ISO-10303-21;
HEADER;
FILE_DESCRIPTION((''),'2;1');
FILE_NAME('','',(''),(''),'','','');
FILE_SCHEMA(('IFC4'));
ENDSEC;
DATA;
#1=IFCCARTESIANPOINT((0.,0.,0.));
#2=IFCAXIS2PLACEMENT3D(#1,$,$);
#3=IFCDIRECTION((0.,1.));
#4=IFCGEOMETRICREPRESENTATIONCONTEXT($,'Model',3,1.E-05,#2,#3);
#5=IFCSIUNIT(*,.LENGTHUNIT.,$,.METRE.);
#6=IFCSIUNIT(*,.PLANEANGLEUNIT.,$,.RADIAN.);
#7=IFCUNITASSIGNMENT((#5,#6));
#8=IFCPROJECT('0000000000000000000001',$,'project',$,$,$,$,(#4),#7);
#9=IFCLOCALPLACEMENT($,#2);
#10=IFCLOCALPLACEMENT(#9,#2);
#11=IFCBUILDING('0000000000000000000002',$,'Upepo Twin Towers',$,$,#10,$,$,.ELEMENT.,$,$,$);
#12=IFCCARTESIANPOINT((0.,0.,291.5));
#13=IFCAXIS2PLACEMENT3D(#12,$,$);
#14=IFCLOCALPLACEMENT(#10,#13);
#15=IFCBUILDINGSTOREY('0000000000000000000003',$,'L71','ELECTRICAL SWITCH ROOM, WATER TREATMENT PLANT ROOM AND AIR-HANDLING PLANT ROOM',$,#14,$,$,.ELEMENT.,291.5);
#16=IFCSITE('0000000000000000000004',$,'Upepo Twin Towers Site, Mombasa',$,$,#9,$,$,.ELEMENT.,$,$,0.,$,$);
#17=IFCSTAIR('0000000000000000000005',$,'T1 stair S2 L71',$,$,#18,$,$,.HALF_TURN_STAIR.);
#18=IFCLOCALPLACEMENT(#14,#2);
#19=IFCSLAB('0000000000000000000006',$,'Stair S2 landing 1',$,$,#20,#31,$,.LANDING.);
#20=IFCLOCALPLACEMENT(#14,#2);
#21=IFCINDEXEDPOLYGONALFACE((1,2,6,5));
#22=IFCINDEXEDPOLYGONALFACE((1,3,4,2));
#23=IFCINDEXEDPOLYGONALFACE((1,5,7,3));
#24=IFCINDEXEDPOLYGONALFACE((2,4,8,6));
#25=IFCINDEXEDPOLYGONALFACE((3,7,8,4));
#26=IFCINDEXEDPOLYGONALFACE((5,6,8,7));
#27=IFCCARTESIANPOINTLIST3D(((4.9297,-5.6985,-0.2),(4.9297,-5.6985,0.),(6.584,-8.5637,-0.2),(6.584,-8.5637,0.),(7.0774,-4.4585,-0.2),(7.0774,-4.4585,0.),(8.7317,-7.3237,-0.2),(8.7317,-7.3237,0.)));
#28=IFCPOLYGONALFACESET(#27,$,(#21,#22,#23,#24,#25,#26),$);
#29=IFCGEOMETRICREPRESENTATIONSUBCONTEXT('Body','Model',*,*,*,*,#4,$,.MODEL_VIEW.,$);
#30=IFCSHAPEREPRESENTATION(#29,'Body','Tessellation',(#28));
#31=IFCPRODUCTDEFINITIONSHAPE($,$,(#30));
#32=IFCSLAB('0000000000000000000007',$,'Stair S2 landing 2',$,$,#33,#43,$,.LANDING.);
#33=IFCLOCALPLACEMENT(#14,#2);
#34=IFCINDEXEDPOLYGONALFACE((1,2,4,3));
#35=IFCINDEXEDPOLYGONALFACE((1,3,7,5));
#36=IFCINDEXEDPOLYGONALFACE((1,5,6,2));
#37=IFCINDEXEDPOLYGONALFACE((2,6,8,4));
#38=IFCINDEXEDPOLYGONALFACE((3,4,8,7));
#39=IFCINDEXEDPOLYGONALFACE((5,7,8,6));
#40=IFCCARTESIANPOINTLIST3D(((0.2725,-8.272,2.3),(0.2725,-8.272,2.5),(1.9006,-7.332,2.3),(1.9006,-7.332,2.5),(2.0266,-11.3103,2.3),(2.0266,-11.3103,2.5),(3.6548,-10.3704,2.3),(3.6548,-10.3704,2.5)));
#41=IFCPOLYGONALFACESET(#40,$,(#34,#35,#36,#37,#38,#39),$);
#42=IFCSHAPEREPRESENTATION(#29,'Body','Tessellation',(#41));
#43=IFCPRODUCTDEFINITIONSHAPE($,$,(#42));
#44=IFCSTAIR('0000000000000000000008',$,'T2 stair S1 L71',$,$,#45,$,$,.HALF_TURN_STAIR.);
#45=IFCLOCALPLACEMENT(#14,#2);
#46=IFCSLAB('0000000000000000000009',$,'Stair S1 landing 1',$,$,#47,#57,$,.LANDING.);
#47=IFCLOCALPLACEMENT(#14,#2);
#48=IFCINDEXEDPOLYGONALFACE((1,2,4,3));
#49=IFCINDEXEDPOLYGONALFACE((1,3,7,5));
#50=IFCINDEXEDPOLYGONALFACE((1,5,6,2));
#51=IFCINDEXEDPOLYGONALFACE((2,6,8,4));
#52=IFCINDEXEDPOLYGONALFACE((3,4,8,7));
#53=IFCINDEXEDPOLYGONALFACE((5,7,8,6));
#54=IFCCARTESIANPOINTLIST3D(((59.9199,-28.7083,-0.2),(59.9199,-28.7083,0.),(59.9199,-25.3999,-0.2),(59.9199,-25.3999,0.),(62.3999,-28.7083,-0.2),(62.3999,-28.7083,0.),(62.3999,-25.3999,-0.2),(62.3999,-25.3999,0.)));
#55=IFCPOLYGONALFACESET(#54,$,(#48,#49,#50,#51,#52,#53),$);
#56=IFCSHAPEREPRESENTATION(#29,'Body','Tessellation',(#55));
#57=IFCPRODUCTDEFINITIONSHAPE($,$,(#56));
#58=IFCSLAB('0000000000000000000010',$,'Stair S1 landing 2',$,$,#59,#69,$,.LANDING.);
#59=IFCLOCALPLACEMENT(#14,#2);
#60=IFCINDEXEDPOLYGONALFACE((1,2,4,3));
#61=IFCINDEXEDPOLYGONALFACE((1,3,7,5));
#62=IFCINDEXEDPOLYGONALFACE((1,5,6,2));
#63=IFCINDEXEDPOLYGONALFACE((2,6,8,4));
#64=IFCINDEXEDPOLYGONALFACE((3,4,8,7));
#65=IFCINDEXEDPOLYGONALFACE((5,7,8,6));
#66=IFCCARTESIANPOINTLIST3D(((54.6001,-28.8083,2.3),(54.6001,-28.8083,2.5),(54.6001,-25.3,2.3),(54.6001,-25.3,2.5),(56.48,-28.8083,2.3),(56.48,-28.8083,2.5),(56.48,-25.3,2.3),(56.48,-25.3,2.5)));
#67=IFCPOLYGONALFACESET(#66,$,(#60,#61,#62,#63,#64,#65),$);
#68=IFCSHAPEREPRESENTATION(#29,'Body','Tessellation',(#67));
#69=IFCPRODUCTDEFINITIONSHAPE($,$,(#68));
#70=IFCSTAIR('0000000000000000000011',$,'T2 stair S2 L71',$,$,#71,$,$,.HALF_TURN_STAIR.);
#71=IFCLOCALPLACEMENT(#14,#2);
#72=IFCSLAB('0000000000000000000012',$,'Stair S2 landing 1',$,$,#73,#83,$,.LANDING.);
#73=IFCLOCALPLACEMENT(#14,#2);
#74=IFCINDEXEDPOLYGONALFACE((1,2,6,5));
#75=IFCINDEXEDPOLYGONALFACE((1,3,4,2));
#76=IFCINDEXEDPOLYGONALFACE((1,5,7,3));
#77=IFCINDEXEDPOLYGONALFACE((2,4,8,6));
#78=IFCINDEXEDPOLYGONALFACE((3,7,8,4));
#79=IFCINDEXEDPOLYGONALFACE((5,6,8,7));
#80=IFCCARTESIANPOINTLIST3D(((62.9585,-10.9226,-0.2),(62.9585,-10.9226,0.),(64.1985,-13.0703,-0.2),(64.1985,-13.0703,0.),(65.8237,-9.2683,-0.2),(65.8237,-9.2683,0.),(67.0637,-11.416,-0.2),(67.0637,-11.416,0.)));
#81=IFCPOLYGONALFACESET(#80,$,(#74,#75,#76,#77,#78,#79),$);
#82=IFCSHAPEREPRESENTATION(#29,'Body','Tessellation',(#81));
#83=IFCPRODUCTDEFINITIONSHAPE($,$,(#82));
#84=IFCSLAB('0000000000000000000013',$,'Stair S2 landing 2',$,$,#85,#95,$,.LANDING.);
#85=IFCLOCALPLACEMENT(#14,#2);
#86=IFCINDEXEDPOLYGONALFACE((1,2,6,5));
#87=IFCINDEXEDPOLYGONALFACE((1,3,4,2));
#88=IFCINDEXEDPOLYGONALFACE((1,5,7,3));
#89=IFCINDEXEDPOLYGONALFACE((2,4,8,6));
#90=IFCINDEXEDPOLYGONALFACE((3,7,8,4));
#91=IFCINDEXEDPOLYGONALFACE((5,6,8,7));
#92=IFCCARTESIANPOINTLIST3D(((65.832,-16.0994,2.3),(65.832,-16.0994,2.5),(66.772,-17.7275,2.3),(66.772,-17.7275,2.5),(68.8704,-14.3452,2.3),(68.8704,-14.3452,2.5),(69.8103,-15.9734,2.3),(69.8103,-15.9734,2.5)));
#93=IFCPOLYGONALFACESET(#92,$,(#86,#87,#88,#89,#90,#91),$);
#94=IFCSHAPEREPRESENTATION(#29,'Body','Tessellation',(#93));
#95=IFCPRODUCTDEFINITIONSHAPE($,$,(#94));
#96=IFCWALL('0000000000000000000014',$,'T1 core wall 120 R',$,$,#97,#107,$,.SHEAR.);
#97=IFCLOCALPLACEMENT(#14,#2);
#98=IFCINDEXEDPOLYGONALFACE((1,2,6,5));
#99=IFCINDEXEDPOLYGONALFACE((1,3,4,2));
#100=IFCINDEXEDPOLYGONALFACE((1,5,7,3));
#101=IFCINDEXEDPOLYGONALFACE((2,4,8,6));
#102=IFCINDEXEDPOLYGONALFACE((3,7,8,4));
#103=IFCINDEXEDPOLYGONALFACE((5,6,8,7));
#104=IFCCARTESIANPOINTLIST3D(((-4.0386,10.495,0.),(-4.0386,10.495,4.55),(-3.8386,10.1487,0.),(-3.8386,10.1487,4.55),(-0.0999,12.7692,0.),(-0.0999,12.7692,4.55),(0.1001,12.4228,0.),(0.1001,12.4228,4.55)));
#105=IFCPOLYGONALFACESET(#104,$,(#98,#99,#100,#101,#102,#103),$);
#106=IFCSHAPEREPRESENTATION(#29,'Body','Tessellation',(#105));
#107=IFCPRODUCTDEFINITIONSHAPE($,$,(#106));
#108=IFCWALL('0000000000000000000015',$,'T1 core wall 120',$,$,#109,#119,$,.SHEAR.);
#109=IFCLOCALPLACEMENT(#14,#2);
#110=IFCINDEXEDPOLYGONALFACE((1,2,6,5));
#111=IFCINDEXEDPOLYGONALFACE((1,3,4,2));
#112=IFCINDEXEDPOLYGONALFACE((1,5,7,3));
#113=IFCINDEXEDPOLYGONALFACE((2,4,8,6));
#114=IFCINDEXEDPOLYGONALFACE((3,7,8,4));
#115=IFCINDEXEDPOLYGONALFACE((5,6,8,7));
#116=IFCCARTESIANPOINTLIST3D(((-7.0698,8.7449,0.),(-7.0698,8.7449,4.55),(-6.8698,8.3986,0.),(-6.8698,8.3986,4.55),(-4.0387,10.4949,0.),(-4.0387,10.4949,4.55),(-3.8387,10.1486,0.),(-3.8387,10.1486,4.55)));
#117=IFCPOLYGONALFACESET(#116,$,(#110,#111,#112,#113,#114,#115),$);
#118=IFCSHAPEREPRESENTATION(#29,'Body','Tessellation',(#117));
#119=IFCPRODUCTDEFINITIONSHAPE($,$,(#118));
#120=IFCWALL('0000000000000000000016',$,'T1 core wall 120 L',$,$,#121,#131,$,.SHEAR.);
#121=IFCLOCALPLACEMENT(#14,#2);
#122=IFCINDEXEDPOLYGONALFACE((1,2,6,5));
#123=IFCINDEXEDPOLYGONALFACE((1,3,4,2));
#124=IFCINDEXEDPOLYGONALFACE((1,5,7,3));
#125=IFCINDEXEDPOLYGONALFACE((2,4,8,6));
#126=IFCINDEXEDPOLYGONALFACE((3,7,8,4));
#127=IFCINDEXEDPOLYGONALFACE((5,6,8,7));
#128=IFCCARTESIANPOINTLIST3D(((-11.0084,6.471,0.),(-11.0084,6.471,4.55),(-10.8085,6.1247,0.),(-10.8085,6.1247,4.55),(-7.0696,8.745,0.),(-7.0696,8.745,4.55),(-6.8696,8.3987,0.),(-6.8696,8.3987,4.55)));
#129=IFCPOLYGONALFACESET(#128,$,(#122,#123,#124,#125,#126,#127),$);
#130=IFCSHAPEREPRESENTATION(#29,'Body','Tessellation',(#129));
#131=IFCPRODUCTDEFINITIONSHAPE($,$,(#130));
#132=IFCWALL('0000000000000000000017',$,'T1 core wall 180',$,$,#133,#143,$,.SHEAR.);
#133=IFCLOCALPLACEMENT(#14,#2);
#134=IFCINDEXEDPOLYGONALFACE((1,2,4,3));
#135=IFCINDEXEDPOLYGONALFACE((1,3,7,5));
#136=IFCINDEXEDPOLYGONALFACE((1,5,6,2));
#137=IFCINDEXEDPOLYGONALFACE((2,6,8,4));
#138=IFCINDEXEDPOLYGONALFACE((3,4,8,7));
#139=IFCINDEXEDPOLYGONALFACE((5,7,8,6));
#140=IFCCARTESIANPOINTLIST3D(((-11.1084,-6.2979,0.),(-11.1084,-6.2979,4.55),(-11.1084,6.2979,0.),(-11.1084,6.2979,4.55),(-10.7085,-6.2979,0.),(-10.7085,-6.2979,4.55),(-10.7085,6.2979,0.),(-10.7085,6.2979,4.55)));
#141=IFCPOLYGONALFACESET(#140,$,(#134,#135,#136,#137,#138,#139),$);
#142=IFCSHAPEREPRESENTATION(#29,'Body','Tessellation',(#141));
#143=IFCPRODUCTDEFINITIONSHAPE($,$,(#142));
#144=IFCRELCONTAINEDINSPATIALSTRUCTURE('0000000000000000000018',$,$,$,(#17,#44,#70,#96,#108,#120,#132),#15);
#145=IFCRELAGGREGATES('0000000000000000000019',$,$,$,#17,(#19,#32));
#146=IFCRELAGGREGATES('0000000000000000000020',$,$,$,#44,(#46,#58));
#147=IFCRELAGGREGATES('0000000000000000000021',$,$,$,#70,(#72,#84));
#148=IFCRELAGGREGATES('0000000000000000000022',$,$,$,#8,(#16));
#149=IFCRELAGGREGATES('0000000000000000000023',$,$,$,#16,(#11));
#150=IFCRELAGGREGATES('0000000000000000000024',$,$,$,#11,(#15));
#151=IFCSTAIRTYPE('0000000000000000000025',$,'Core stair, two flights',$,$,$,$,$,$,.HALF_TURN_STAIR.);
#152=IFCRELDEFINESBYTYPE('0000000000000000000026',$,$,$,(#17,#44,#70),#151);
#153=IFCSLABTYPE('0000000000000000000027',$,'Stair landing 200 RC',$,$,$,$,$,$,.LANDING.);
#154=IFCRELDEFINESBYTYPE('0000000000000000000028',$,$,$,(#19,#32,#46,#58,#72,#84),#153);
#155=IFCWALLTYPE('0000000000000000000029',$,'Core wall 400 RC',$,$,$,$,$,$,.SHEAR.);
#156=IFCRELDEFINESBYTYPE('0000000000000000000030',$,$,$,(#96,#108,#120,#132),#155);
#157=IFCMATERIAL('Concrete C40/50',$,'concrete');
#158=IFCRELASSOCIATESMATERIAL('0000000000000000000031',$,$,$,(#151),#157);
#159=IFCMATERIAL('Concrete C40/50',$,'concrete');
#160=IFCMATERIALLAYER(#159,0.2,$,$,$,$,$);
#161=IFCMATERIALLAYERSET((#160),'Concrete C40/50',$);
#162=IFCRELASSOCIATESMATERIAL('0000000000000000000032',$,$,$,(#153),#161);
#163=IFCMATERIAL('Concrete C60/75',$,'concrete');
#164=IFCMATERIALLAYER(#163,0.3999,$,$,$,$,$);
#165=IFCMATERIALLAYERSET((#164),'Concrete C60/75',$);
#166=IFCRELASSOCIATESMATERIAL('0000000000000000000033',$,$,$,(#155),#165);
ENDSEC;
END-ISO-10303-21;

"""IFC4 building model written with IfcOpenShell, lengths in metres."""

from ifc_helpers import new_model, si_unit, direction, frame, frame_2d, origin, place, context, subcontext, project, spatial, polyline, rectangle, outline, extrude, material, layer, layer_set, type_object, element, aggregate, save


model = new_model("IFC4")

# Units and contexts
model_context = context("Model", 3, precision=1e-05, world=origin(), true_north=direction((0.0, 1.0)))
body_context = subcontext(model_context, "Body", "Model", "MODEL_VIEW")
ifc_project = project(units=[si_unit("LENGTHUNIT", "METRE"), si_unit("PLANEANGLEUNIT", "RADIAN")], contexts=[model_context])

# Site, building, storey
site_placement = place(None, origin())
site = spatial("IfcSite", under=ifc_project, at=site_placement, Name="Upepo Twin Towers Site, Mombasa", CompositionType="ELEMENT", RefElevation=0.0)
building_placement = place(site_placement, origin())
building = spatial("IfcBuilding", under=site, at=building_placement, Name="Upepo Twin Towers", CompositionType="ELEMENT")
storey_placement = place(building_placement, frame((0.0, 0.0, 291.5)))
storey = spatial("IfcBuildingStorey", under=building, at=storey_placement, Name="L71", Description="ELECTRICAL SWITCH ROOM, WATER TREATMENT PLANT ROOM AND AIR-HANDLING PLANT ROOM", CompositionType="ELEMENT", Elevation=291.5)

# Stairs, slabs
ifc_material_1 = material(Name="Concrete C40/50", Category="concrete")
stair_type = type_object("IfcStairType", Name="Core stair, two flights", PredefinedType="HALF_TURN_STAIR", material=ifc_material_1)
stair_1_placement = place(storey_placement, origin())
stair_1 = element("IfcStair", 1, at=stair_1_placement, inside=storey, type_object=stair_type, Name="T1 stair S2 L71", PredefinedType="HALF_TURN_STAIR")
ifc_material_2 = material(Name="Concrete C40/50", Category="concrete")
ifc_layer_1 = layer(ifc_material_2, 0.2)
ifc_layer_set_1 = layer_set([ifc_layer_1], Name="Concrete C40/50")
slab_type = type_object("IfcSlabType", Name="Stair landing 200 RC", PredefinedType="LANDING", material=ifc_layer_set_1)
slab_1_placement = place(storey_placement, frame((0.0, 0.0, -0.2)))
slab_1 = element("IfcSlab", 2, at=slab_1_placement, type_object=slab_type, Name="Stair S2 landing 1", PredefinedType="LANDING", context=body_context, shape_type="SweptSolid", body=[
    extrude(outline(polyline([(4.9297, -5.6985), (6.584, -8.5637), (8.7317, -7.3237), (7.0774, -4.4585), (4.9297, -5.6985)])), origin(), (0.0, 0.0, 1.0), 0.2),
])
slab_2_placement = place(storey_placement, frame((0.0, 0.0, 2.3)))
slab_2 = element("IfcSlab", 3, at=slab_2_placement, type_object=slab_type, Name="Stair S2 landing 2", PredefinedType="LANDING", context=body_context, shape_type="SweptSolid", body=[
    extrude(outline(polyline([(0.2725, -8.272), (2.0266, -11.3103), (3.6548, -10.3704), (1.9006, -7.332), (0.2725, -8.272)])), origin(), (0.0, 0.0, 1.0), 0.2),
])
aggregate(stair_1, [slab_1, slab_2])
stair_2_placement = place(storey_placement, origin())
stair_2 = element("IfcStair", 4, at=stair_2_placement, inside=storey, type_object=stair_type, Name="T2 stair S1 L71", PredefinedType="HALF_TURN_STAIR")
slab_3_placement = place(storey_placement, frame((0.0, 0.0, -0.2)))
slab_3 = element("IfcSlab", 5, at=slab_3_placement, type_object=slab_type, Name="Stair S1 landing 1", PredefinedType="LANDING", context=body_context, shape_type="SweptSolid", body=[
    extrude(outline(polyline([(59.9199, -25.3999), (59.9199, -28.7083), (62.3999, -28.7083), (62.3999, -25.3999), (59.9199, -25.3999)])), origin(), (0.0, 0.0, 1.0), 0.2),
])
slab_4_placement = place(storey_placement, frame((0.0, 0.0, 2.3)))
slab_4 = element("IfcSlab", 6, at=slab_4_placement, type_object=slab_type, Name="Stair S1 landing 2", PredefinedType="LANDING", context=body_context, shape_type="SweptSolid", body=[
    extrude(outline(polyline([(54.6001, -25.3), (54.6001, -28.8083), (56.48, -28.8083), (56.48, -25.3), (54.6001, -25.3)])), origin(), (0.0, 0.0, 1.0), 0.2),
])
aggregate(stair_2, [slab_3, slab_4])
stair_3_placement = place(storey_placement, origin())
stair_3 = element("IfcStair", 7, at=stair_3_placement, inside=storey, type_object=stair_type, Name="T2 stair S2 L71", PredefinedType="HALF_TURN_STAIR")
slab_5_placement = place(storey_placement, frame((0.0, 0.0, -0.2)))
slab_5 = element("IfcSlab", 8, at=slab_5_placement, type_object=slab_type, Name="Stair S2 landing 1", PredefinedType="LANDING", context=body_context, shape_type="SweptSolid", body=[
    extrude(outline(polyline([(64.1985, -13.0703), (67.0637, -11.416), (65.8237, -9.2683), (62.9585, -10.9226), (64.1985, -13.0703)])), origin(), (0.0, 0.0, 1.0), 0.2),
])
slab_6_placement = place(storey_placement, frame((0.0, 0.0, 2.3)))
slab_6 = element("IfcSlab", 9, at=slab_6_placement, type_object=slab_type, Name="Stair S2 landing 2", PredefinedType="LANDING", context=body_context, shape_type="SweptSolid", body=[
    extrude(outline(polyline([(66.772, -17.7275), (69.8103, -15.9734), (68.8704, -14.3452), (65.832, -16.0994), (66.772, -17.7275)])), origin(), (0.0, 0.0, 1.0), 0.2),
])
aggregate(stair_3, [slab_5, slab_6])

# Walls
ifc_material_3 = material(Name="Concrete C60/75", Category="concrete")
ifc_layer_2 = layer(ifc_material_3, 0.3999)
ifc_layer_set_2 = layer_set([ifc_layer_2], Name="Concrete C60/75")
wall_type_1 = type_object("IfcWallType", Name="Core wall 400 RC", PredefinedType="SHEAR", material=ifc_layer_set_2)
wall_1_placement = place(storey_placement, frame((0.0, 12.5959, 0.0), z_axis=(0.0, 0.0, 1.0), x_axis=(-0.866011, -0.500024, 0.0)))
element("IfcWall", 10, at=wall_1_placement, inside=storey, type_object=wall_type_1, Name="T1 core wall 120 R", PredefinedType="SHEAR", context=body_context, shape_type="SweptSolid", body=[
    extrude(rectangle(XDim=4.5481, YDim=0.3999, at=frame_2d((2.2739, 0.0))), origin(), (0.0, 0.0, 1.0), 4.55),
])
wall_2_placement = place(storey_placement, frame((-3.9387, 10.3218, 0.0), z_axis=(0.0, 0.0, 1.0), x_axis=(-0.866019, -0.50001, 0.0)))
element("IfcWall", 11, at=wall_2_placement, inside=storey, type_object=wall_type_1, Name="T1 core wall 120", PredefinedType="SHEAR", context=body_context, shape_type="SweptSolid", body=[
    extrude(rectangle(XDim=3.5, YDim=0.3999, at=frame_2d((1.75, 0.0))), origin(), (0.0, 0.0, 1.0), 4.55),
])
wall_3_placement = place(storey_placement, frame((-6.9697, 8.5718, 0.0), z_axis=(0.0, 0.0, 1.0), x_axis=(-0.866035, -0.499984, 0.0)))
element("IfcWall", 12, at=wall_3_placement, inside=storey, type_object=wall_type_1, Name="T1 core wall 120 L", PredefinedType="SHEAR", context=body_context, shape_type="SweptSolid", body=[
    extrude(rectangle(XDim=4.5481, YDim=0.3999, at=frame_2d((2.2739, 0.0))), origin(), (0.0, 0.0, 1.0), 4.55),
])
wall_4_placement = place(storey_placement, frame((-10.9084, 6.2979, 0.0), z_axis=(0.0, 0.0, 1.0), x_axis=(0.0, -1.0, 0.0)))
element("IfcWall", 13, at=wall_4_placement, inside=storey, type_object=wall_type_1, Name="T1 core wall 180", PredefinedType="SHEAR", context=body_context, shape_type="SweptSolid", body=[
    extrude(rectangle(XDim=12.5957, YDim=0.3999, at=frame_2d((6.2979, 0.0))), origin(), (0.0, 0.0, 1.0), 4.55),
])

save(model, "model.ifc")
